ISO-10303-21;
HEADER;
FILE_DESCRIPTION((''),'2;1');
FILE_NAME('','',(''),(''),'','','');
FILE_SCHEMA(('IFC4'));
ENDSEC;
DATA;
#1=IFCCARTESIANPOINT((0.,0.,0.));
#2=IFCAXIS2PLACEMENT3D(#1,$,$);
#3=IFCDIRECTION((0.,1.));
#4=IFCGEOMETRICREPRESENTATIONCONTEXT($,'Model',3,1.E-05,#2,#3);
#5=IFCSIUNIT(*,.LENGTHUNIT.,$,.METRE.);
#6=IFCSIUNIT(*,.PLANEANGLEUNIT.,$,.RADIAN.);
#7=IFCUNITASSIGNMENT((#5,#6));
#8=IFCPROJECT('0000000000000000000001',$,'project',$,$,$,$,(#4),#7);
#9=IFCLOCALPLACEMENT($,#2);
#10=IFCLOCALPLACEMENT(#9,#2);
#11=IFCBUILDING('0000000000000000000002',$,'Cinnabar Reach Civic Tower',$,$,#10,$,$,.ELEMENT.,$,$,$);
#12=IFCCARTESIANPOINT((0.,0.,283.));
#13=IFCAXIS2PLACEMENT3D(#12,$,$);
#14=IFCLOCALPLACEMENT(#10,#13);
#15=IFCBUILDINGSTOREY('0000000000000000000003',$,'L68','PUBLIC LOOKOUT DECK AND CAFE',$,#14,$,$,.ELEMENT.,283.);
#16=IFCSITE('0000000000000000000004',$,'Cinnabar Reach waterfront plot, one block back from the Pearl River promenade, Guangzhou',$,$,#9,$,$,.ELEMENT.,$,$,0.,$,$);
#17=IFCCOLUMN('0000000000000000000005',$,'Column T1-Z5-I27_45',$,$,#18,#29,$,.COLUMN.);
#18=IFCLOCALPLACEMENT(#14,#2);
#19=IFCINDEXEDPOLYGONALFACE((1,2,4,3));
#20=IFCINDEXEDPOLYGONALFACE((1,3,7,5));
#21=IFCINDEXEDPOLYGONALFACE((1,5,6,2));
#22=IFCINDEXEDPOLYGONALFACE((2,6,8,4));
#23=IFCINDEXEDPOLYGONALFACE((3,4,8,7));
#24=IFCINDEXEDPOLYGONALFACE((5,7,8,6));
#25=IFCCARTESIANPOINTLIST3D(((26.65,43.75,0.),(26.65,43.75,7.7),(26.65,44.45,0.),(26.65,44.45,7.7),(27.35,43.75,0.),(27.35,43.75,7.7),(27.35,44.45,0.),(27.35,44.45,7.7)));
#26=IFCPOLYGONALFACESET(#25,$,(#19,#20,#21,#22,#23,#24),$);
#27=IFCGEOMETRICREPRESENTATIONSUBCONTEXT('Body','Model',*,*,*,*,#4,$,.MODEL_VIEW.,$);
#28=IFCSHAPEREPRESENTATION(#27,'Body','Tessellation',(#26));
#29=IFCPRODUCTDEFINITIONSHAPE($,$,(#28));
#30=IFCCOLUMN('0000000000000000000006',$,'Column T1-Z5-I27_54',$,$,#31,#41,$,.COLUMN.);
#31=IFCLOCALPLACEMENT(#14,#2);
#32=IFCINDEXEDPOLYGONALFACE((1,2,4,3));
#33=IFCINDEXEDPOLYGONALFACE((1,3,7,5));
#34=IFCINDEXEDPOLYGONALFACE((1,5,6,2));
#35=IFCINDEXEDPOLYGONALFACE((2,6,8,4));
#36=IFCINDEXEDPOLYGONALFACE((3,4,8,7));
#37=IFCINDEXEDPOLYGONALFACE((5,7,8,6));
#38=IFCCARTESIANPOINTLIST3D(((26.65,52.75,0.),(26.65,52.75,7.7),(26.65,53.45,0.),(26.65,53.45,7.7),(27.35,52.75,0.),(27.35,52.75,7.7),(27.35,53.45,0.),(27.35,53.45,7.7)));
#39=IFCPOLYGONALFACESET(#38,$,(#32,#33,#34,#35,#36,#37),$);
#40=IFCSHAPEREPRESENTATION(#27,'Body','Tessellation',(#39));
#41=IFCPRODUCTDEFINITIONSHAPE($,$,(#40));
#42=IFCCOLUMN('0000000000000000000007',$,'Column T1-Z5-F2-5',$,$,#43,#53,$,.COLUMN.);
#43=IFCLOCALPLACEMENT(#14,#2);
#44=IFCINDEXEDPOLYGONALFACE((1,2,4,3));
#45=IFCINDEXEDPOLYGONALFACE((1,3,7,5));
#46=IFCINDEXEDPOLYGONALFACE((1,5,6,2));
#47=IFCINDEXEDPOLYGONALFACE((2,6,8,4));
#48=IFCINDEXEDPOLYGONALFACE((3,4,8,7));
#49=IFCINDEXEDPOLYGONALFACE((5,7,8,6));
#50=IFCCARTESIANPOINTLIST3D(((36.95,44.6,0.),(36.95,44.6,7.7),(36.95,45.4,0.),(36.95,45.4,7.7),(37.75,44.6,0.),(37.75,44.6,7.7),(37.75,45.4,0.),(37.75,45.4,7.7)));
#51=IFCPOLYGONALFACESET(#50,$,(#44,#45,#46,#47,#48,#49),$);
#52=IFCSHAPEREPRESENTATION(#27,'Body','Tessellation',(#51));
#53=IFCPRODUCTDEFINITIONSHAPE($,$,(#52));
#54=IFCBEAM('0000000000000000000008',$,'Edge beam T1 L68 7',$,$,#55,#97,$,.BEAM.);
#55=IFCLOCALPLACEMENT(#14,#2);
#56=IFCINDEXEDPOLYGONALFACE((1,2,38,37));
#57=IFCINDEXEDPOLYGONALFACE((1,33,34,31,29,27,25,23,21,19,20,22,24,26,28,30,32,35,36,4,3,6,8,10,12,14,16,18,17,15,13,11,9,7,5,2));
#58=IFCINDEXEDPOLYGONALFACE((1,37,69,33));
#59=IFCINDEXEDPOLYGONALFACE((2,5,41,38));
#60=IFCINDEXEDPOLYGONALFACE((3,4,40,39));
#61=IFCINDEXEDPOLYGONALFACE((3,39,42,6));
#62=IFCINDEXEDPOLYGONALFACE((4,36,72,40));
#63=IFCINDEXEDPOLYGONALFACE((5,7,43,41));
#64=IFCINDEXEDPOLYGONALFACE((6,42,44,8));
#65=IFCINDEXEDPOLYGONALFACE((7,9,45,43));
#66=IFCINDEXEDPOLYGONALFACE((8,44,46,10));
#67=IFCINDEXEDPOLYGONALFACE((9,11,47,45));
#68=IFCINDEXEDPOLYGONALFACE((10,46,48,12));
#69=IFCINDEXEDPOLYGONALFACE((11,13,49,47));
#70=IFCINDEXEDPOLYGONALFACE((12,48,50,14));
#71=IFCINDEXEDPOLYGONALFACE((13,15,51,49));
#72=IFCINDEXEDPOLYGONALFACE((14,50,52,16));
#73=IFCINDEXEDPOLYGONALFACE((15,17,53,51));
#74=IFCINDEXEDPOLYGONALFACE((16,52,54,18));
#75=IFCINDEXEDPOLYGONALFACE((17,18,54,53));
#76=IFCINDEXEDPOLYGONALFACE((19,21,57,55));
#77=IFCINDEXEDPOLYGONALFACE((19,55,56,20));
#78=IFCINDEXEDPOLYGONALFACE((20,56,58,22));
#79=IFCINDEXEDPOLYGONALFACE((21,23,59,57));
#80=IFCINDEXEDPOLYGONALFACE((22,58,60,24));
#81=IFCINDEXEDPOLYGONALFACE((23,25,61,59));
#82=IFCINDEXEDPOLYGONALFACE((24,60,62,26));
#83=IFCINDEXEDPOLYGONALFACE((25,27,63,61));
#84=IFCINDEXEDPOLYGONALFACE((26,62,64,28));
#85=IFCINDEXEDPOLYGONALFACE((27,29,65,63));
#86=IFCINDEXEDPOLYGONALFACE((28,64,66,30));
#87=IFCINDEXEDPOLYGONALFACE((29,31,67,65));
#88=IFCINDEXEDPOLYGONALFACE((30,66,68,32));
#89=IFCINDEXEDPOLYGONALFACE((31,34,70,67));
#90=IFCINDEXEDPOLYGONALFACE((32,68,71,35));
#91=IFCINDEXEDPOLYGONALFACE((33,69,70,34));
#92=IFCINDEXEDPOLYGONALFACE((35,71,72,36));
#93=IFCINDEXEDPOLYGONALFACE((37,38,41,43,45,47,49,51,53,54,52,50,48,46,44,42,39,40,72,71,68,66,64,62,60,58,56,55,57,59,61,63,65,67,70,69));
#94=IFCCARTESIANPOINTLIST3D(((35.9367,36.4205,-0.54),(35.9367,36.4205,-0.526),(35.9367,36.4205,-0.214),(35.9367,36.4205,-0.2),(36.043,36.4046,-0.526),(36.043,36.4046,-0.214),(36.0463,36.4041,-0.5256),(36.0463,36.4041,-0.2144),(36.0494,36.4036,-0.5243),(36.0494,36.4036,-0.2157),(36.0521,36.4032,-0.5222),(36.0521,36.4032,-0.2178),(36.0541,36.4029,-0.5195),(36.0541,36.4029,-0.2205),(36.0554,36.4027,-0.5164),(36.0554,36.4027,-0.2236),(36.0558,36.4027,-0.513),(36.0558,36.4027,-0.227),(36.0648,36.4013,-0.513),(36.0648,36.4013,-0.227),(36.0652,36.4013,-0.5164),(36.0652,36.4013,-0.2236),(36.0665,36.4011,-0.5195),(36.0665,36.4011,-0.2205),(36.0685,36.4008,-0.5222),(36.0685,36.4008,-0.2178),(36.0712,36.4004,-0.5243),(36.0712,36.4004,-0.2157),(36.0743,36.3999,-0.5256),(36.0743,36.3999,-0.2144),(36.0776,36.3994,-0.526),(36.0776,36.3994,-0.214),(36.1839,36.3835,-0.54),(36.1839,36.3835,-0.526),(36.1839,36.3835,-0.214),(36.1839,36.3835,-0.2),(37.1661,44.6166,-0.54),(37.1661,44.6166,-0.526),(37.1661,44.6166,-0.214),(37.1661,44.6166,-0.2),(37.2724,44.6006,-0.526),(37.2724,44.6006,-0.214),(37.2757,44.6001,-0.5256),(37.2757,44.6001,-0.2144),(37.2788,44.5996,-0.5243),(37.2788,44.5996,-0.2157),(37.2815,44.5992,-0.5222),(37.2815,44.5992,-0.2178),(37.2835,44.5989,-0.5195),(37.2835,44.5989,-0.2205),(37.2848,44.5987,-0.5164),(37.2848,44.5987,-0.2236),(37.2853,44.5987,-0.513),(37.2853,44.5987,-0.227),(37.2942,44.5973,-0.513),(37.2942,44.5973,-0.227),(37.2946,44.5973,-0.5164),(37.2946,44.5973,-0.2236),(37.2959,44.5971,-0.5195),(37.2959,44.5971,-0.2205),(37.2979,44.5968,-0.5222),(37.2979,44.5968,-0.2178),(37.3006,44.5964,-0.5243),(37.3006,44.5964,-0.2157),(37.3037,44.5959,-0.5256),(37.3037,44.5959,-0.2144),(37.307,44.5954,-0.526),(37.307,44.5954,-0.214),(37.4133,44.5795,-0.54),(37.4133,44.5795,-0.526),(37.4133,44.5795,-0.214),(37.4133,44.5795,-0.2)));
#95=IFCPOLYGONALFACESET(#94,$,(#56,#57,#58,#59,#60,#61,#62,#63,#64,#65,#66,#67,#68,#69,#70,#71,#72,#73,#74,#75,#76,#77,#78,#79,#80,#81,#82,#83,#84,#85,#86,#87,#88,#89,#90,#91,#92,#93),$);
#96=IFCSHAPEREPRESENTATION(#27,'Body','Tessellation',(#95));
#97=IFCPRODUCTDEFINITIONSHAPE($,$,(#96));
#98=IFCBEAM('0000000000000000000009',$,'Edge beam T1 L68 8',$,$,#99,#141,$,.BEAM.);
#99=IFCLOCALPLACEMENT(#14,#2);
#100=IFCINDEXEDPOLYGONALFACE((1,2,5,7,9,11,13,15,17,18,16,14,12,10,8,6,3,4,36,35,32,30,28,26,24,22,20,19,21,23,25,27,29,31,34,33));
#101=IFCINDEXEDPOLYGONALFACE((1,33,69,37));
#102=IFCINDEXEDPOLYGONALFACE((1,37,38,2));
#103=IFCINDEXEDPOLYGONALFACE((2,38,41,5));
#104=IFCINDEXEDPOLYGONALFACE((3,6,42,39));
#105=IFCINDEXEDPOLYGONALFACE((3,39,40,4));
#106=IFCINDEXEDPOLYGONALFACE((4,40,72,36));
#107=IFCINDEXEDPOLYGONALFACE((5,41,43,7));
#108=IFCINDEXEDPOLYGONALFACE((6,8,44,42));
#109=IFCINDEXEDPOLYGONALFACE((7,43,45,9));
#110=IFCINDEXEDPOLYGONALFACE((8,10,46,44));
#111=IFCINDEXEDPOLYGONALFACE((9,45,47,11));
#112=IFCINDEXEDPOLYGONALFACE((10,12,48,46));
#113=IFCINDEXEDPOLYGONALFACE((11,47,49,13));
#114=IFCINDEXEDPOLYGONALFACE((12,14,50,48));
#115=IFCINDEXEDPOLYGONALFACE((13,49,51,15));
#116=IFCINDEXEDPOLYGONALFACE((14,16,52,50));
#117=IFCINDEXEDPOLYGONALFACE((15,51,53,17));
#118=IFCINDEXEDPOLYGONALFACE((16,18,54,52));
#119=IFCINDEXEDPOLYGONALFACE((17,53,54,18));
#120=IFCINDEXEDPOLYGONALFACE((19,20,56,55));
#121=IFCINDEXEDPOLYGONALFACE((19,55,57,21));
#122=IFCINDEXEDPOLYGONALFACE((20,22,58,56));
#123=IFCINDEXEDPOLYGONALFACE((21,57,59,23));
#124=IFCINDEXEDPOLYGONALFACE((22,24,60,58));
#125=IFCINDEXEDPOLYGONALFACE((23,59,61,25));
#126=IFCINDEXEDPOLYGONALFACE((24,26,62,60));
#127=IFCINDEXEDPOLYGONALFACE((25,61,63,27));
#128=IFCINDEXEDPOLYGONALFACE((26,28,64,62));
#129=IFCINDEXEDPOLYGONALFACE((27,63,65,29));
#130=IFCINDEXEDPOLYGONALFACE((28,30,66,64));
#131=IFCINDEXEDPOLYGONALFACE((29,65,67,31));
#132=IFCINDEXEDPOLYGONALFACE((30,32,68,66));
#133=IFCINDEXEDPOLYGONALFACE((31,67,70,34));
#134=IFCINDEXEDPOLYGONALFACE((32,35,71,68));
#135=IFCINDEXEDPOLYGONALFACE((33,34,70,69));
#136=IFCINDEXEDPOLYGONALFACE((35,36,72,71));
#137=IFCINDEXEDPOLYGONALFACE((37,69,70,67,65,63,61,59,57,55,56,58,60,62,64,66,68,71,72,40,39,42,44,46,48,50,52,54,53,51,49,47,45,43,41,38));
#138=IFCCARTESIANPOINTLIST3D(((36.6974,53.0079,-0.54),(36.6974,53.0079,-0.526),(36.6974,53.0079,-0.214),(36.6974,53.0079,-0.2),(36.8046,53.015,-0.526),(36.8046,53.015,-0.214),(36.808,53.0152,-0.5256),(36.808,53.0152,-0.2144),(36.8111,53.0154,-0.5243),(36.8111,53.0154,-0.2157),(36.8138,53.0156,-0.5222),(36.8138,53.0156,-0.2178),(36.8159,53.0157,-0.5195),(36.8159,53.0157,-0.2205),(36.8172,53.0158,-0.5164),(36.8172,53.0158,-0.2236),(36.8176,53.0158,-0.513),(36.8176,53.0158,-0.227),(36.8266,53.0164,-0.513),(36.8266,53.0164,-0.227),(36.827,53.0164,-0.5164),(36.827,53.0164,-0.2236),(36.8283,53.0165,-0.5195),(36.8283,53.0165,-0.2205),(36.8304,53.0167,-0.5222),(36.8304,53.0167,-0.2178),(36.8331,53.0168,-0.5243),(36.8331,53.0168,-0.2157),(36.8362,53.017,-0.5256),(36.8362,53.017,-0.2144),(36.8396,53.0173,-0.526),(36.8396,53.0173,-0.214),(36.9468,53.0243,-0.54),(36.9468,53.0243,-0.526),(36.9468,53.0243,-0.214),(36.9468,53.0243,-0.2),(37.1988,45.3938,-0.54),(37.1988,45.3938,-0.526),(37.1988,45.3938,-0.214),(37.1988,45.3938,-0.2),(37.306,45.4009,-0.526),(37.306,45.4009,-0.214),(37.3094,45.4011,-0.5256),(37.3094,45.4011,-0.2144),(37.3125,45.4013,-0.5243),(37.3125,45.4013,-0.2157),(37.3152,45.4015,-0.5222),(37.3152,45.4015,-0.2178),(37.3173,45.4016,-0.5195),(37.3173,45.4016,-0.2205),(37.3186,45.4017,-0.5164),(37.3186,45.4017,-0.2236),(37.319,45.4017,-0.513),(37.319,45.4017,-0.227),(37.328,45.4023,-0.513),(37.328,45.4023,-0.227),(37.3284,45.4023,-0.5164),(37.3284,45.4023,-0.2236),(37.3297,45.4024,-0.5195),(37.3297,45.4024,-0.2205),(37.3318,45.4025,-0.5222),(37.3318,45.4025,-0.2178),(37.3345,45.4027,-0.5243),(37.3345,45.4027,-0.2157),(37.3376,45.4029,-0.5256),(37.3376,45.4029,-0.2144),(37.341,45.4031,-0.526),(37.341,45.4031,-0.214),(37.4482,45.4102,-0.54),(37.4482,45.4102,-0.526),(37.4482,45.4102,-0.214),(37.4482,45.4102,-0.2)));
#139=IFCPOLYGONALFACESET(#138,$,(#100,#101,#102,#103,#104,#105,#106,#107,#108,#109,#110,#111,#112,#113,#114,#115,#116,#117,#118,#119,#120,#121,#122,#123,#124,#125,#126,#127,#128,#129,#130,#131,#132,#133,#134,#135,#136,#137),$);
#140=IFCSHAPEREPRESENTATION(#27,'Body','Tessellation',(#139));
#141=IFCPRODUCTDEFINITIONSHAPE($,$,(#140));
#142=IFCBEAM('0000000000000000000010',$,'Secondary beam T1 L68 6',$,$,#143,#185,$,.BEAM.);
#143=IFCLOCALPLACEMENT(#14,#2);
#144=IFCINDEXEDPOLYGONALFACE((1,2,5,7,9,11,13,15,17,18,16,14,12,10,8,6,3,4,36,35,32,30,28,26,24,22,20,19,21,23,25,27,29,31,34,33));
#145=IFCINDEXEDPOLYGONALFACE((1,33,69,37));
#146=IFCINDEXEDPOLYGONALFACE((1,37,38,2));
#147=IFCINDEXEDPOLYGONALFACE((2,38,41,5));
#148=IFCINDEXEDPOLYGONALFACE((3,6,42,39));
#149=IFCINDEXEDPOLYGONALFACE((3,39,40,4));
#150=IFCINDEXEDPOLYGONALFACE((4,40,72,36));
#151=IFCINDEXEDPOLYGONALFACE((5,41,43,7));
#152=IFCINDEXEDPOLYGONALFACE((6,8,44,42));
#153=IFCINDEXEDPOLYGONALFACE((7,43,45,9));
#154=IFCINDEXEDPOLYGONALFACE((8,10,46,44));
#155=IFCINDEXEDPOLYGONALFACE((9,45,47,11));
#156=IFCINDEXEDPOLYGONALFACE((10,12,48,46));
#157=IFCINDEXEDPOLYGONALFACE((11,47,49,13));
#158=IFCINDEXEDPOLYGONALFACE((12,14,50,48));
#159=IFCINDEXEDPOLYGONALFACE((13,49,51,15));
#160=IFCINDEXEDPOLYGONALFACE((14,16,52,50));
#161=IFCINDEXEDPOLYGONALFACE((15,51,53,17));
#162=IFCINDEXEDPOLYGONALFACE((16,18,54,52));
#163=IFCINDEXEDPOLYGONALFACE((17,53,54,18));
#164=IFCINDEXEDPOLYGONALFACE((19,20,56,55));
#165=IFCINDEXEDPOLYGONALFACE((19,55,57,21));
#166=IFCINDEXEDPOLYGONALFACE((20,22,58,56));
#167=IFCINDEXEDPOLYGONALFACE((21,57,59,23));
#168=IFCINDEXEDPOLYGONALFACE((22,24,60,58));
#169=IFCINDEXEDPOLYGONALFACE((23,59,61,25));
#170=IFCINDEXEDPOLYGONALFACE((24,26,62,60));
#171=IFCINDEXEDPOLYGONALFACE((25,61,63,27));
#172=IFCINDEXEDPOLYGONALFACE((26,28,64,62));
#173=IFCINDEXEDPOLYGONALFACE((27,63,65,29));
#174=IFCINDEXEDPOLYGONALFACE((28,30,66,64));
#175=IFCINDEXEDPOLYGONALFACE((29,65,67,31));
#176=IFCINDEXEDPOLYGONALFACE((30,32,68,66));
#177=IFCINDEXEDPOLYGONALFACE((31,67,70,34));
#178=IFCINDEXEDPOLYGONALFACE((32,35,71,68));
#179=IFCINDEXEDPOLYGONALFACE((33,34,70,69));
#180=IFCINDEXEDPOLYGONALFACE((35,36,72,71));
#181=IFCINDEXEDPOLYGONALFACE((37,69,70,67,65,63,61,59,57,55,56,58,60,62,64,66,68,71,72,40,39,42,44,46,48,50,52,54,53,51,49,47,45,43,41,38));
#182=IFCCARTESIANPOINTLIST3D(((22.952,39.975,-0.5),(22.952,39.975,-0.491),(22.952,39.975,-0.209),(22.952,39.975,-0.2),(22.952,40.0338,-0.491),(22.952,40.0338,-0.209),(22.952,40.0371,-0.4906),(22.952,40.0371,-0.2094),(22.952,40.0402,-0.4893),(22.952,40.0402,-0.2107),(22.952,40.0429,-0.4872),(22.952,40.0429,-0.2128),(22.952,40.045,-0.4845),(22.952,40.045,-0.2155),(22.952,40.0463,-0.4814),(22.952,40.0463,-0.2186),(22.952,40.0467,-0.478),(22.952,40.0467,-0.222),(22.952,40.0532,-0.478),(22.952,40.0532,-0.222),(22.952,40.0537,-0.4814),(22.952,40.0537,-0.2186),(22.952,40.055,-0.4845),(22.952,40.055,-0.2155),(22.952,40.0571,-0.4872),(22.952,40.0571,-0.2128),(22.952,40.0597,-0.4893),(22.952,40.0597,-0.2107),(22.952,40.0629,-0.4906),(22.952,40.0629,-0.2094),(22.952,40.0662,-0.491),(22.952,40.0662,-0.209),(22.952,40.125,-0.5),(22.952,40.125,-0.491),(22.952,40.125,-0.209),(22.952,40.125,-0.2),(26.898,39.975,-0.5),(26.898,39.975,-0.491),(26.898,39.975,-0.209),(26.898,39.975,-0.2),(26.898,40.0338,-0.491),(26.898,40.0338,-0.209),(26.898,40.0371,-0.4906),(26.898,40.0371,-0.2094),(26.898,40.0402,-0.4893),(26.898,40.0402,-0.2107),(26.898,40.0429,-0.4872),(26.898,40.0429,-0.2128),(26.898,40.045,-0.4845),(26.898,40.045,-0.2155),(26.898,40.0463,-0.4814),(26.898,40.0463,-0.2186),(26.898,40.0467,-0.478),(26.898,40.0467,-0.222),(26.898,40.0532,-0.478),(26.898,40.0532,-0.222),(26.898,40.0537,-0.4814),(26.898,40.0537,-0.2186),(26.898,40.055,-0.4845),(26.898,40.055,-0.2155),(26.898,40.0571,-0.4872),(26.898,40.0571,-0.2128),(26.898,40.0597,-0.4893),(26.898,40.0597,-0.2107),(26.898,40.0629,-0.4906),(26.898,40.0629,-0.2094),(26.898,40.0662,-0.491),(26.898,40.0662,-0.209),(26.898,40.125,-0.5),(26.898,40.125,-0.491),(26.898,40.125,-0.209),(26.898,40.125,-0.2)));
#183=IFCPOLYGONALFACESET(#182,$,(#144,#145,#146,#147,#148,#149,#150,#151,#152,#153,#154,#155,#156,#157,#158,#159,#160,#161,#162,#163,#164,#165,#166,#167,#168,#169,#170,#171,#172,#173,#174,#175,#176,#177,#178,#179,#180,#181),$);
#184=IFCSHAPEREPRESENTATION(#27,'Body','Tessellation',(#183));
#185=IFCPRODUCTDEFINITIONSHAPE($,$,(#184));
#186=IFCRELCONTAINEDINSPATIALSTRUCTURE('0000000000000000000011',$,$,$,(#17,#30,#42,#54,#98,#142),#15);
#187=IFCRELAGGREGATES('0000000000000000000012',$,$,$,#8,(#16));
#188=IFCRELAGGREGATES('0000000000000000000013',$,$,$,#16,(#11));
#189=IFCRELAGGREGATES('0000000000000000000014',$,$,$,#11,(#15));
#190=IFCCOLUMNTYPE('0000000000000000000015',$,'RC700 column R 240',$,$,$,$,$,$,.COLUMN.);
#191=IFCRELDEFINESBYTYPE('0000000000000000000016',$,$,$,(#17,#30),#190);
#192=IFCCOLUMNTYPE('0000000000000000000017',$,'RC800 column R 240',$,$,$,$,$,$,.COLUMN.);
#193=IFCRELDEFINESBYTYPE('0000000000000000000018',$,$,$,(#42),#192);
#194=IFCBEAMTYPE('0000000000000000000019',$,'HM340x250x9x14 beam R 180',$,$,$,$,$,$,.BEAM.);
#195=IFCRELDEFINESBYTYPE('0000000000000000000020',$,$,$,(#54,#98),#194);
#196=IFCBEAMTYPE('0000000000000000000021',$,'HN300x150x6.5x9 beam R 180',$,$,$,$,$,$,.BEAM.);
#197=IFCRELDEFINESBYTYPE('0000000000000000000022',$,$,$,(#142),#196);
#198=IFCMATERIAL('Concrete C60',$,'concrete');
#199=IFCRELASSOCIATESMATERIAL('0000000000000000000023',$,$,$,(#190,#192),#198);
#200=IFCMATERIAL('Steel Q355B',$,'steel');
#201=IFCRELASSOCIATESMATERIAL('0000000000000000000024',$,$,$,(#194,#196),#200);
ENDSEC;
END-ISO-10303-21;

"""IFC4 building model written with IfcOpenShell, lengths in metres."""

from ifc_helpers import new_model, si_unit, direction, frame, origin, origin_2d, place, context, subcontext, project, spatial, rectangle, i_section, extrude, material, material_profile, profile_set, type_object, element, save


model = new_model("IFC4")

# Units and contexts
model_context = context("Model", 3, precision=1e-05, world=origin(), true_north=direction((0.0, 1.0)))
body_context = subcontext(model_context, "Body", "Model", "MODEL_VIEW")
ifc_project = project(units=[si_unit("LENGTHUNIT", "METRE"), si_unit("PLANEANGLEUNIT", "RADIAN")], contexts=[model_context])

# Site, building, storey
site_placement = place(None, origin())
site = spatial("IfcSite", under=ifc_project, at=site_placement, Name="Cinnabar Reach waterfront plot, one block back from the Pearl River promenade, Guangzhou", CompositionType="ELEMENT", RefElevation=0.0)
building_placement = place(site_placement, origin())
building = spatial("IfcBuilding", under=site, at=building_placement, Name="Cinnabar Reach Civic Tower", CompositionType="ELEMENT")
storey_placement = place(building_placement, frame((0.0, 0.0, 283.0)))
storey = spatial("IfcBuildingStorey", under=building, at=storey_placement, Name="L68", Description="PUBLIC LOOKOUT DECK AND CAFE", CompositionType="ELEMENT", Elevation=283.0)

# Columns
ifc_material_1 = material(Name="Concrete C60", Category="concrete")
ifc_material_profile_1 = material_profile(ifc_material_1, rectangle(XDim=0.7, YDim=0.7, at=origin_2d()), Name="RC700")
ifc_profile_set_1 = profile_set([ifc_material_profile_1], Name="Concrete C60")
column_type_1 = type_object("IfcColumnType", Name="RC700 column R 240", PredefinedType="COLUMN", material=ifc_profile_set_1)
for number, where, z_axis, x_axis, name in (
    (1, (27.0, 44.1, 0.0), (0.0, 0.0, 1.0), (1.0, 0.0, 0.0), "Column T1-Z5-I27_45"),
    (2, (27.0, 53.1, 0.0), (0.0, 0.0, 1.0), (1.0, 0.0, 0.0), "Column T1-Z5-I27_54"),
):
    element("IfcColumn", number, at=place(storey_placement, frame(where, z_axis=z_axis, x_axis=x_axis)), inside=storey, type_object=column_type_1, Name=name, PredefinedType="COLUMN", context=body_context, shape_type="SweptSolid", body=[
        extrude(rectangle(XDim=0.7, YDim=0.7, at=origin_2d()), origin(), (0.0, 0.0, 1.0), 7.7),
    ])
ifc_material_profile_2 = material_profile(ifc_material_1, rectangle(XDim=0.8, YDim=0.8, at=origin_2d()), Name="RC800")
ifc_profile_set_2 = profile_set([ifc_material_profile_2], Name="Concrete C60")
column_type_2 = type_object("IfcColumnType", Name="RC800 column R 240", PredefinedType="COLUMN", material=ifc_profile_set_2)
column_placement = place(storey_placement, frame((37.35, 45.0, 0.0), z_axis=(0.0, 0.0, 1.0), x_axis=(1.0, 0.0, 0.0)))
element("IfcColumn", 3, at=column_placement, inside=storey, type_object=column_type_2, Name="Column T1-Z5-F2-5", PredefinedType="COLUMN", context=body_context, shape_type="SweptSolid", body=[
    extrude(rectangle(XDim=0.8, YDim=0.8, at=origin_2d()), origin(), (0.0, 0.0, 1.0), 7.7),
])

# Beams
ifc_material_2 = material(Name="Steel Q355B", Category="steel")
ifc_material_profile_3 = material_profile(ifc_material_2, i_section(OverallWidth=0.25, OverallDepth=0.34, WebThickness=0.009, FlangeThickness=0.014, FilletRadius=0.013, at=origin_2d()), Name="HM340x250x9x14")
ifc_profile_set_3 = profile_set([ifc_material_profile_3], Name="Steel Q355B")
beam_type_1 = type_object("IfcBeamType", Name="HM340x250x9x14 beam R 180", PredefinedType="BEAM", material=ifc_profile_set_3)
beam_1_placement = place(storey_placement, frame((36.0603, 36.402, -0.37), z_axis=(0.14834, 0.988936, 0.0), x_axis=(-0.988936, 0.14834, 0.0)))
element("IfcBeam", 4, at=beam_1_placement, inside=storey, type_object=beam_type_1, Name="Edge beam T1 L68 7", PredefinedType="BEAM", context=body_context, shape_type="SweptSolid", body=[
    extrude(i_section(OverallWidth=0.25, OverallDepth=0.34, WebThickness=0.009, FlangeThickness=0.014, FilletRadius=0.013, at=origin_2d()), origin(), (0.0, 0.0, 1.0), 8.2877),
])
beam_2_placement = place(storey_placement, frame((37.3235, 45.402, -0.37), z_axis=(-0.065709, 0.997839, 0.0), x_axis=(-0.997839, -0.065709, 0.0)))
element("IfcBeam", 5, at=beam_2_placement, inside=storey, type_object=beam_type_1, Name="Edge beam T1 L68 8", PredefinedType="BEAM", context=body_context, shape_type="SweptSolid", body=[
    extrude(i_section(OverallWidth=0.25, OverallDepth=0.34, WebThickness=0.009, FlangeThickness=0.014, FilletRadius=0.013, at=origin_2d()), origin(), (0.0, 0.0, 1.0), 7.6306),
])
ifc_material_profile_4 = material_profile(ifc_material_2, i_section(OverallWidth=0.15, OverallDepth=0.3, WebThickness=0.0065, FlangeThickness=0.009, FilletRadius=0.013, at=origin_2d()), Name="HN300x150x6.5x9")
ifc_profile_set_4 = profile_set([ifc_material_profile_4], Name="Steel Q355B")
beam_type_2 = type_object("IfcBeamType", Name="HN300x150x6.5x9 beam R 180", PredefinedType="BEAM", material=ifc_profile_set_4)
beam_3_placement = place(storey_placement, frame((22.952, 40.05, -0.35), z_axis=(1.0, 0.0, 0.0), x_axis=(0.0, 1.0, 0.0)))
element("IfcBeam", 6, at=beam_3_placement, inside=storey, type_object=beam_type_2, Name="Secondary beam T1 L68 6", PredefinedType="BEAM", context=body_context, shape_type="SweptSolid", body=[
    extrude(i_section(OverallWidth=0.15, OverallDepth=0.3, WebThickness=0.0065, FlangeThickness=0.009, FilletRadius=0.013, at=origin_2d()), origin(), (0.0, 0.0, 1.0), 3.946),
])

save(model, "model.ifc")
